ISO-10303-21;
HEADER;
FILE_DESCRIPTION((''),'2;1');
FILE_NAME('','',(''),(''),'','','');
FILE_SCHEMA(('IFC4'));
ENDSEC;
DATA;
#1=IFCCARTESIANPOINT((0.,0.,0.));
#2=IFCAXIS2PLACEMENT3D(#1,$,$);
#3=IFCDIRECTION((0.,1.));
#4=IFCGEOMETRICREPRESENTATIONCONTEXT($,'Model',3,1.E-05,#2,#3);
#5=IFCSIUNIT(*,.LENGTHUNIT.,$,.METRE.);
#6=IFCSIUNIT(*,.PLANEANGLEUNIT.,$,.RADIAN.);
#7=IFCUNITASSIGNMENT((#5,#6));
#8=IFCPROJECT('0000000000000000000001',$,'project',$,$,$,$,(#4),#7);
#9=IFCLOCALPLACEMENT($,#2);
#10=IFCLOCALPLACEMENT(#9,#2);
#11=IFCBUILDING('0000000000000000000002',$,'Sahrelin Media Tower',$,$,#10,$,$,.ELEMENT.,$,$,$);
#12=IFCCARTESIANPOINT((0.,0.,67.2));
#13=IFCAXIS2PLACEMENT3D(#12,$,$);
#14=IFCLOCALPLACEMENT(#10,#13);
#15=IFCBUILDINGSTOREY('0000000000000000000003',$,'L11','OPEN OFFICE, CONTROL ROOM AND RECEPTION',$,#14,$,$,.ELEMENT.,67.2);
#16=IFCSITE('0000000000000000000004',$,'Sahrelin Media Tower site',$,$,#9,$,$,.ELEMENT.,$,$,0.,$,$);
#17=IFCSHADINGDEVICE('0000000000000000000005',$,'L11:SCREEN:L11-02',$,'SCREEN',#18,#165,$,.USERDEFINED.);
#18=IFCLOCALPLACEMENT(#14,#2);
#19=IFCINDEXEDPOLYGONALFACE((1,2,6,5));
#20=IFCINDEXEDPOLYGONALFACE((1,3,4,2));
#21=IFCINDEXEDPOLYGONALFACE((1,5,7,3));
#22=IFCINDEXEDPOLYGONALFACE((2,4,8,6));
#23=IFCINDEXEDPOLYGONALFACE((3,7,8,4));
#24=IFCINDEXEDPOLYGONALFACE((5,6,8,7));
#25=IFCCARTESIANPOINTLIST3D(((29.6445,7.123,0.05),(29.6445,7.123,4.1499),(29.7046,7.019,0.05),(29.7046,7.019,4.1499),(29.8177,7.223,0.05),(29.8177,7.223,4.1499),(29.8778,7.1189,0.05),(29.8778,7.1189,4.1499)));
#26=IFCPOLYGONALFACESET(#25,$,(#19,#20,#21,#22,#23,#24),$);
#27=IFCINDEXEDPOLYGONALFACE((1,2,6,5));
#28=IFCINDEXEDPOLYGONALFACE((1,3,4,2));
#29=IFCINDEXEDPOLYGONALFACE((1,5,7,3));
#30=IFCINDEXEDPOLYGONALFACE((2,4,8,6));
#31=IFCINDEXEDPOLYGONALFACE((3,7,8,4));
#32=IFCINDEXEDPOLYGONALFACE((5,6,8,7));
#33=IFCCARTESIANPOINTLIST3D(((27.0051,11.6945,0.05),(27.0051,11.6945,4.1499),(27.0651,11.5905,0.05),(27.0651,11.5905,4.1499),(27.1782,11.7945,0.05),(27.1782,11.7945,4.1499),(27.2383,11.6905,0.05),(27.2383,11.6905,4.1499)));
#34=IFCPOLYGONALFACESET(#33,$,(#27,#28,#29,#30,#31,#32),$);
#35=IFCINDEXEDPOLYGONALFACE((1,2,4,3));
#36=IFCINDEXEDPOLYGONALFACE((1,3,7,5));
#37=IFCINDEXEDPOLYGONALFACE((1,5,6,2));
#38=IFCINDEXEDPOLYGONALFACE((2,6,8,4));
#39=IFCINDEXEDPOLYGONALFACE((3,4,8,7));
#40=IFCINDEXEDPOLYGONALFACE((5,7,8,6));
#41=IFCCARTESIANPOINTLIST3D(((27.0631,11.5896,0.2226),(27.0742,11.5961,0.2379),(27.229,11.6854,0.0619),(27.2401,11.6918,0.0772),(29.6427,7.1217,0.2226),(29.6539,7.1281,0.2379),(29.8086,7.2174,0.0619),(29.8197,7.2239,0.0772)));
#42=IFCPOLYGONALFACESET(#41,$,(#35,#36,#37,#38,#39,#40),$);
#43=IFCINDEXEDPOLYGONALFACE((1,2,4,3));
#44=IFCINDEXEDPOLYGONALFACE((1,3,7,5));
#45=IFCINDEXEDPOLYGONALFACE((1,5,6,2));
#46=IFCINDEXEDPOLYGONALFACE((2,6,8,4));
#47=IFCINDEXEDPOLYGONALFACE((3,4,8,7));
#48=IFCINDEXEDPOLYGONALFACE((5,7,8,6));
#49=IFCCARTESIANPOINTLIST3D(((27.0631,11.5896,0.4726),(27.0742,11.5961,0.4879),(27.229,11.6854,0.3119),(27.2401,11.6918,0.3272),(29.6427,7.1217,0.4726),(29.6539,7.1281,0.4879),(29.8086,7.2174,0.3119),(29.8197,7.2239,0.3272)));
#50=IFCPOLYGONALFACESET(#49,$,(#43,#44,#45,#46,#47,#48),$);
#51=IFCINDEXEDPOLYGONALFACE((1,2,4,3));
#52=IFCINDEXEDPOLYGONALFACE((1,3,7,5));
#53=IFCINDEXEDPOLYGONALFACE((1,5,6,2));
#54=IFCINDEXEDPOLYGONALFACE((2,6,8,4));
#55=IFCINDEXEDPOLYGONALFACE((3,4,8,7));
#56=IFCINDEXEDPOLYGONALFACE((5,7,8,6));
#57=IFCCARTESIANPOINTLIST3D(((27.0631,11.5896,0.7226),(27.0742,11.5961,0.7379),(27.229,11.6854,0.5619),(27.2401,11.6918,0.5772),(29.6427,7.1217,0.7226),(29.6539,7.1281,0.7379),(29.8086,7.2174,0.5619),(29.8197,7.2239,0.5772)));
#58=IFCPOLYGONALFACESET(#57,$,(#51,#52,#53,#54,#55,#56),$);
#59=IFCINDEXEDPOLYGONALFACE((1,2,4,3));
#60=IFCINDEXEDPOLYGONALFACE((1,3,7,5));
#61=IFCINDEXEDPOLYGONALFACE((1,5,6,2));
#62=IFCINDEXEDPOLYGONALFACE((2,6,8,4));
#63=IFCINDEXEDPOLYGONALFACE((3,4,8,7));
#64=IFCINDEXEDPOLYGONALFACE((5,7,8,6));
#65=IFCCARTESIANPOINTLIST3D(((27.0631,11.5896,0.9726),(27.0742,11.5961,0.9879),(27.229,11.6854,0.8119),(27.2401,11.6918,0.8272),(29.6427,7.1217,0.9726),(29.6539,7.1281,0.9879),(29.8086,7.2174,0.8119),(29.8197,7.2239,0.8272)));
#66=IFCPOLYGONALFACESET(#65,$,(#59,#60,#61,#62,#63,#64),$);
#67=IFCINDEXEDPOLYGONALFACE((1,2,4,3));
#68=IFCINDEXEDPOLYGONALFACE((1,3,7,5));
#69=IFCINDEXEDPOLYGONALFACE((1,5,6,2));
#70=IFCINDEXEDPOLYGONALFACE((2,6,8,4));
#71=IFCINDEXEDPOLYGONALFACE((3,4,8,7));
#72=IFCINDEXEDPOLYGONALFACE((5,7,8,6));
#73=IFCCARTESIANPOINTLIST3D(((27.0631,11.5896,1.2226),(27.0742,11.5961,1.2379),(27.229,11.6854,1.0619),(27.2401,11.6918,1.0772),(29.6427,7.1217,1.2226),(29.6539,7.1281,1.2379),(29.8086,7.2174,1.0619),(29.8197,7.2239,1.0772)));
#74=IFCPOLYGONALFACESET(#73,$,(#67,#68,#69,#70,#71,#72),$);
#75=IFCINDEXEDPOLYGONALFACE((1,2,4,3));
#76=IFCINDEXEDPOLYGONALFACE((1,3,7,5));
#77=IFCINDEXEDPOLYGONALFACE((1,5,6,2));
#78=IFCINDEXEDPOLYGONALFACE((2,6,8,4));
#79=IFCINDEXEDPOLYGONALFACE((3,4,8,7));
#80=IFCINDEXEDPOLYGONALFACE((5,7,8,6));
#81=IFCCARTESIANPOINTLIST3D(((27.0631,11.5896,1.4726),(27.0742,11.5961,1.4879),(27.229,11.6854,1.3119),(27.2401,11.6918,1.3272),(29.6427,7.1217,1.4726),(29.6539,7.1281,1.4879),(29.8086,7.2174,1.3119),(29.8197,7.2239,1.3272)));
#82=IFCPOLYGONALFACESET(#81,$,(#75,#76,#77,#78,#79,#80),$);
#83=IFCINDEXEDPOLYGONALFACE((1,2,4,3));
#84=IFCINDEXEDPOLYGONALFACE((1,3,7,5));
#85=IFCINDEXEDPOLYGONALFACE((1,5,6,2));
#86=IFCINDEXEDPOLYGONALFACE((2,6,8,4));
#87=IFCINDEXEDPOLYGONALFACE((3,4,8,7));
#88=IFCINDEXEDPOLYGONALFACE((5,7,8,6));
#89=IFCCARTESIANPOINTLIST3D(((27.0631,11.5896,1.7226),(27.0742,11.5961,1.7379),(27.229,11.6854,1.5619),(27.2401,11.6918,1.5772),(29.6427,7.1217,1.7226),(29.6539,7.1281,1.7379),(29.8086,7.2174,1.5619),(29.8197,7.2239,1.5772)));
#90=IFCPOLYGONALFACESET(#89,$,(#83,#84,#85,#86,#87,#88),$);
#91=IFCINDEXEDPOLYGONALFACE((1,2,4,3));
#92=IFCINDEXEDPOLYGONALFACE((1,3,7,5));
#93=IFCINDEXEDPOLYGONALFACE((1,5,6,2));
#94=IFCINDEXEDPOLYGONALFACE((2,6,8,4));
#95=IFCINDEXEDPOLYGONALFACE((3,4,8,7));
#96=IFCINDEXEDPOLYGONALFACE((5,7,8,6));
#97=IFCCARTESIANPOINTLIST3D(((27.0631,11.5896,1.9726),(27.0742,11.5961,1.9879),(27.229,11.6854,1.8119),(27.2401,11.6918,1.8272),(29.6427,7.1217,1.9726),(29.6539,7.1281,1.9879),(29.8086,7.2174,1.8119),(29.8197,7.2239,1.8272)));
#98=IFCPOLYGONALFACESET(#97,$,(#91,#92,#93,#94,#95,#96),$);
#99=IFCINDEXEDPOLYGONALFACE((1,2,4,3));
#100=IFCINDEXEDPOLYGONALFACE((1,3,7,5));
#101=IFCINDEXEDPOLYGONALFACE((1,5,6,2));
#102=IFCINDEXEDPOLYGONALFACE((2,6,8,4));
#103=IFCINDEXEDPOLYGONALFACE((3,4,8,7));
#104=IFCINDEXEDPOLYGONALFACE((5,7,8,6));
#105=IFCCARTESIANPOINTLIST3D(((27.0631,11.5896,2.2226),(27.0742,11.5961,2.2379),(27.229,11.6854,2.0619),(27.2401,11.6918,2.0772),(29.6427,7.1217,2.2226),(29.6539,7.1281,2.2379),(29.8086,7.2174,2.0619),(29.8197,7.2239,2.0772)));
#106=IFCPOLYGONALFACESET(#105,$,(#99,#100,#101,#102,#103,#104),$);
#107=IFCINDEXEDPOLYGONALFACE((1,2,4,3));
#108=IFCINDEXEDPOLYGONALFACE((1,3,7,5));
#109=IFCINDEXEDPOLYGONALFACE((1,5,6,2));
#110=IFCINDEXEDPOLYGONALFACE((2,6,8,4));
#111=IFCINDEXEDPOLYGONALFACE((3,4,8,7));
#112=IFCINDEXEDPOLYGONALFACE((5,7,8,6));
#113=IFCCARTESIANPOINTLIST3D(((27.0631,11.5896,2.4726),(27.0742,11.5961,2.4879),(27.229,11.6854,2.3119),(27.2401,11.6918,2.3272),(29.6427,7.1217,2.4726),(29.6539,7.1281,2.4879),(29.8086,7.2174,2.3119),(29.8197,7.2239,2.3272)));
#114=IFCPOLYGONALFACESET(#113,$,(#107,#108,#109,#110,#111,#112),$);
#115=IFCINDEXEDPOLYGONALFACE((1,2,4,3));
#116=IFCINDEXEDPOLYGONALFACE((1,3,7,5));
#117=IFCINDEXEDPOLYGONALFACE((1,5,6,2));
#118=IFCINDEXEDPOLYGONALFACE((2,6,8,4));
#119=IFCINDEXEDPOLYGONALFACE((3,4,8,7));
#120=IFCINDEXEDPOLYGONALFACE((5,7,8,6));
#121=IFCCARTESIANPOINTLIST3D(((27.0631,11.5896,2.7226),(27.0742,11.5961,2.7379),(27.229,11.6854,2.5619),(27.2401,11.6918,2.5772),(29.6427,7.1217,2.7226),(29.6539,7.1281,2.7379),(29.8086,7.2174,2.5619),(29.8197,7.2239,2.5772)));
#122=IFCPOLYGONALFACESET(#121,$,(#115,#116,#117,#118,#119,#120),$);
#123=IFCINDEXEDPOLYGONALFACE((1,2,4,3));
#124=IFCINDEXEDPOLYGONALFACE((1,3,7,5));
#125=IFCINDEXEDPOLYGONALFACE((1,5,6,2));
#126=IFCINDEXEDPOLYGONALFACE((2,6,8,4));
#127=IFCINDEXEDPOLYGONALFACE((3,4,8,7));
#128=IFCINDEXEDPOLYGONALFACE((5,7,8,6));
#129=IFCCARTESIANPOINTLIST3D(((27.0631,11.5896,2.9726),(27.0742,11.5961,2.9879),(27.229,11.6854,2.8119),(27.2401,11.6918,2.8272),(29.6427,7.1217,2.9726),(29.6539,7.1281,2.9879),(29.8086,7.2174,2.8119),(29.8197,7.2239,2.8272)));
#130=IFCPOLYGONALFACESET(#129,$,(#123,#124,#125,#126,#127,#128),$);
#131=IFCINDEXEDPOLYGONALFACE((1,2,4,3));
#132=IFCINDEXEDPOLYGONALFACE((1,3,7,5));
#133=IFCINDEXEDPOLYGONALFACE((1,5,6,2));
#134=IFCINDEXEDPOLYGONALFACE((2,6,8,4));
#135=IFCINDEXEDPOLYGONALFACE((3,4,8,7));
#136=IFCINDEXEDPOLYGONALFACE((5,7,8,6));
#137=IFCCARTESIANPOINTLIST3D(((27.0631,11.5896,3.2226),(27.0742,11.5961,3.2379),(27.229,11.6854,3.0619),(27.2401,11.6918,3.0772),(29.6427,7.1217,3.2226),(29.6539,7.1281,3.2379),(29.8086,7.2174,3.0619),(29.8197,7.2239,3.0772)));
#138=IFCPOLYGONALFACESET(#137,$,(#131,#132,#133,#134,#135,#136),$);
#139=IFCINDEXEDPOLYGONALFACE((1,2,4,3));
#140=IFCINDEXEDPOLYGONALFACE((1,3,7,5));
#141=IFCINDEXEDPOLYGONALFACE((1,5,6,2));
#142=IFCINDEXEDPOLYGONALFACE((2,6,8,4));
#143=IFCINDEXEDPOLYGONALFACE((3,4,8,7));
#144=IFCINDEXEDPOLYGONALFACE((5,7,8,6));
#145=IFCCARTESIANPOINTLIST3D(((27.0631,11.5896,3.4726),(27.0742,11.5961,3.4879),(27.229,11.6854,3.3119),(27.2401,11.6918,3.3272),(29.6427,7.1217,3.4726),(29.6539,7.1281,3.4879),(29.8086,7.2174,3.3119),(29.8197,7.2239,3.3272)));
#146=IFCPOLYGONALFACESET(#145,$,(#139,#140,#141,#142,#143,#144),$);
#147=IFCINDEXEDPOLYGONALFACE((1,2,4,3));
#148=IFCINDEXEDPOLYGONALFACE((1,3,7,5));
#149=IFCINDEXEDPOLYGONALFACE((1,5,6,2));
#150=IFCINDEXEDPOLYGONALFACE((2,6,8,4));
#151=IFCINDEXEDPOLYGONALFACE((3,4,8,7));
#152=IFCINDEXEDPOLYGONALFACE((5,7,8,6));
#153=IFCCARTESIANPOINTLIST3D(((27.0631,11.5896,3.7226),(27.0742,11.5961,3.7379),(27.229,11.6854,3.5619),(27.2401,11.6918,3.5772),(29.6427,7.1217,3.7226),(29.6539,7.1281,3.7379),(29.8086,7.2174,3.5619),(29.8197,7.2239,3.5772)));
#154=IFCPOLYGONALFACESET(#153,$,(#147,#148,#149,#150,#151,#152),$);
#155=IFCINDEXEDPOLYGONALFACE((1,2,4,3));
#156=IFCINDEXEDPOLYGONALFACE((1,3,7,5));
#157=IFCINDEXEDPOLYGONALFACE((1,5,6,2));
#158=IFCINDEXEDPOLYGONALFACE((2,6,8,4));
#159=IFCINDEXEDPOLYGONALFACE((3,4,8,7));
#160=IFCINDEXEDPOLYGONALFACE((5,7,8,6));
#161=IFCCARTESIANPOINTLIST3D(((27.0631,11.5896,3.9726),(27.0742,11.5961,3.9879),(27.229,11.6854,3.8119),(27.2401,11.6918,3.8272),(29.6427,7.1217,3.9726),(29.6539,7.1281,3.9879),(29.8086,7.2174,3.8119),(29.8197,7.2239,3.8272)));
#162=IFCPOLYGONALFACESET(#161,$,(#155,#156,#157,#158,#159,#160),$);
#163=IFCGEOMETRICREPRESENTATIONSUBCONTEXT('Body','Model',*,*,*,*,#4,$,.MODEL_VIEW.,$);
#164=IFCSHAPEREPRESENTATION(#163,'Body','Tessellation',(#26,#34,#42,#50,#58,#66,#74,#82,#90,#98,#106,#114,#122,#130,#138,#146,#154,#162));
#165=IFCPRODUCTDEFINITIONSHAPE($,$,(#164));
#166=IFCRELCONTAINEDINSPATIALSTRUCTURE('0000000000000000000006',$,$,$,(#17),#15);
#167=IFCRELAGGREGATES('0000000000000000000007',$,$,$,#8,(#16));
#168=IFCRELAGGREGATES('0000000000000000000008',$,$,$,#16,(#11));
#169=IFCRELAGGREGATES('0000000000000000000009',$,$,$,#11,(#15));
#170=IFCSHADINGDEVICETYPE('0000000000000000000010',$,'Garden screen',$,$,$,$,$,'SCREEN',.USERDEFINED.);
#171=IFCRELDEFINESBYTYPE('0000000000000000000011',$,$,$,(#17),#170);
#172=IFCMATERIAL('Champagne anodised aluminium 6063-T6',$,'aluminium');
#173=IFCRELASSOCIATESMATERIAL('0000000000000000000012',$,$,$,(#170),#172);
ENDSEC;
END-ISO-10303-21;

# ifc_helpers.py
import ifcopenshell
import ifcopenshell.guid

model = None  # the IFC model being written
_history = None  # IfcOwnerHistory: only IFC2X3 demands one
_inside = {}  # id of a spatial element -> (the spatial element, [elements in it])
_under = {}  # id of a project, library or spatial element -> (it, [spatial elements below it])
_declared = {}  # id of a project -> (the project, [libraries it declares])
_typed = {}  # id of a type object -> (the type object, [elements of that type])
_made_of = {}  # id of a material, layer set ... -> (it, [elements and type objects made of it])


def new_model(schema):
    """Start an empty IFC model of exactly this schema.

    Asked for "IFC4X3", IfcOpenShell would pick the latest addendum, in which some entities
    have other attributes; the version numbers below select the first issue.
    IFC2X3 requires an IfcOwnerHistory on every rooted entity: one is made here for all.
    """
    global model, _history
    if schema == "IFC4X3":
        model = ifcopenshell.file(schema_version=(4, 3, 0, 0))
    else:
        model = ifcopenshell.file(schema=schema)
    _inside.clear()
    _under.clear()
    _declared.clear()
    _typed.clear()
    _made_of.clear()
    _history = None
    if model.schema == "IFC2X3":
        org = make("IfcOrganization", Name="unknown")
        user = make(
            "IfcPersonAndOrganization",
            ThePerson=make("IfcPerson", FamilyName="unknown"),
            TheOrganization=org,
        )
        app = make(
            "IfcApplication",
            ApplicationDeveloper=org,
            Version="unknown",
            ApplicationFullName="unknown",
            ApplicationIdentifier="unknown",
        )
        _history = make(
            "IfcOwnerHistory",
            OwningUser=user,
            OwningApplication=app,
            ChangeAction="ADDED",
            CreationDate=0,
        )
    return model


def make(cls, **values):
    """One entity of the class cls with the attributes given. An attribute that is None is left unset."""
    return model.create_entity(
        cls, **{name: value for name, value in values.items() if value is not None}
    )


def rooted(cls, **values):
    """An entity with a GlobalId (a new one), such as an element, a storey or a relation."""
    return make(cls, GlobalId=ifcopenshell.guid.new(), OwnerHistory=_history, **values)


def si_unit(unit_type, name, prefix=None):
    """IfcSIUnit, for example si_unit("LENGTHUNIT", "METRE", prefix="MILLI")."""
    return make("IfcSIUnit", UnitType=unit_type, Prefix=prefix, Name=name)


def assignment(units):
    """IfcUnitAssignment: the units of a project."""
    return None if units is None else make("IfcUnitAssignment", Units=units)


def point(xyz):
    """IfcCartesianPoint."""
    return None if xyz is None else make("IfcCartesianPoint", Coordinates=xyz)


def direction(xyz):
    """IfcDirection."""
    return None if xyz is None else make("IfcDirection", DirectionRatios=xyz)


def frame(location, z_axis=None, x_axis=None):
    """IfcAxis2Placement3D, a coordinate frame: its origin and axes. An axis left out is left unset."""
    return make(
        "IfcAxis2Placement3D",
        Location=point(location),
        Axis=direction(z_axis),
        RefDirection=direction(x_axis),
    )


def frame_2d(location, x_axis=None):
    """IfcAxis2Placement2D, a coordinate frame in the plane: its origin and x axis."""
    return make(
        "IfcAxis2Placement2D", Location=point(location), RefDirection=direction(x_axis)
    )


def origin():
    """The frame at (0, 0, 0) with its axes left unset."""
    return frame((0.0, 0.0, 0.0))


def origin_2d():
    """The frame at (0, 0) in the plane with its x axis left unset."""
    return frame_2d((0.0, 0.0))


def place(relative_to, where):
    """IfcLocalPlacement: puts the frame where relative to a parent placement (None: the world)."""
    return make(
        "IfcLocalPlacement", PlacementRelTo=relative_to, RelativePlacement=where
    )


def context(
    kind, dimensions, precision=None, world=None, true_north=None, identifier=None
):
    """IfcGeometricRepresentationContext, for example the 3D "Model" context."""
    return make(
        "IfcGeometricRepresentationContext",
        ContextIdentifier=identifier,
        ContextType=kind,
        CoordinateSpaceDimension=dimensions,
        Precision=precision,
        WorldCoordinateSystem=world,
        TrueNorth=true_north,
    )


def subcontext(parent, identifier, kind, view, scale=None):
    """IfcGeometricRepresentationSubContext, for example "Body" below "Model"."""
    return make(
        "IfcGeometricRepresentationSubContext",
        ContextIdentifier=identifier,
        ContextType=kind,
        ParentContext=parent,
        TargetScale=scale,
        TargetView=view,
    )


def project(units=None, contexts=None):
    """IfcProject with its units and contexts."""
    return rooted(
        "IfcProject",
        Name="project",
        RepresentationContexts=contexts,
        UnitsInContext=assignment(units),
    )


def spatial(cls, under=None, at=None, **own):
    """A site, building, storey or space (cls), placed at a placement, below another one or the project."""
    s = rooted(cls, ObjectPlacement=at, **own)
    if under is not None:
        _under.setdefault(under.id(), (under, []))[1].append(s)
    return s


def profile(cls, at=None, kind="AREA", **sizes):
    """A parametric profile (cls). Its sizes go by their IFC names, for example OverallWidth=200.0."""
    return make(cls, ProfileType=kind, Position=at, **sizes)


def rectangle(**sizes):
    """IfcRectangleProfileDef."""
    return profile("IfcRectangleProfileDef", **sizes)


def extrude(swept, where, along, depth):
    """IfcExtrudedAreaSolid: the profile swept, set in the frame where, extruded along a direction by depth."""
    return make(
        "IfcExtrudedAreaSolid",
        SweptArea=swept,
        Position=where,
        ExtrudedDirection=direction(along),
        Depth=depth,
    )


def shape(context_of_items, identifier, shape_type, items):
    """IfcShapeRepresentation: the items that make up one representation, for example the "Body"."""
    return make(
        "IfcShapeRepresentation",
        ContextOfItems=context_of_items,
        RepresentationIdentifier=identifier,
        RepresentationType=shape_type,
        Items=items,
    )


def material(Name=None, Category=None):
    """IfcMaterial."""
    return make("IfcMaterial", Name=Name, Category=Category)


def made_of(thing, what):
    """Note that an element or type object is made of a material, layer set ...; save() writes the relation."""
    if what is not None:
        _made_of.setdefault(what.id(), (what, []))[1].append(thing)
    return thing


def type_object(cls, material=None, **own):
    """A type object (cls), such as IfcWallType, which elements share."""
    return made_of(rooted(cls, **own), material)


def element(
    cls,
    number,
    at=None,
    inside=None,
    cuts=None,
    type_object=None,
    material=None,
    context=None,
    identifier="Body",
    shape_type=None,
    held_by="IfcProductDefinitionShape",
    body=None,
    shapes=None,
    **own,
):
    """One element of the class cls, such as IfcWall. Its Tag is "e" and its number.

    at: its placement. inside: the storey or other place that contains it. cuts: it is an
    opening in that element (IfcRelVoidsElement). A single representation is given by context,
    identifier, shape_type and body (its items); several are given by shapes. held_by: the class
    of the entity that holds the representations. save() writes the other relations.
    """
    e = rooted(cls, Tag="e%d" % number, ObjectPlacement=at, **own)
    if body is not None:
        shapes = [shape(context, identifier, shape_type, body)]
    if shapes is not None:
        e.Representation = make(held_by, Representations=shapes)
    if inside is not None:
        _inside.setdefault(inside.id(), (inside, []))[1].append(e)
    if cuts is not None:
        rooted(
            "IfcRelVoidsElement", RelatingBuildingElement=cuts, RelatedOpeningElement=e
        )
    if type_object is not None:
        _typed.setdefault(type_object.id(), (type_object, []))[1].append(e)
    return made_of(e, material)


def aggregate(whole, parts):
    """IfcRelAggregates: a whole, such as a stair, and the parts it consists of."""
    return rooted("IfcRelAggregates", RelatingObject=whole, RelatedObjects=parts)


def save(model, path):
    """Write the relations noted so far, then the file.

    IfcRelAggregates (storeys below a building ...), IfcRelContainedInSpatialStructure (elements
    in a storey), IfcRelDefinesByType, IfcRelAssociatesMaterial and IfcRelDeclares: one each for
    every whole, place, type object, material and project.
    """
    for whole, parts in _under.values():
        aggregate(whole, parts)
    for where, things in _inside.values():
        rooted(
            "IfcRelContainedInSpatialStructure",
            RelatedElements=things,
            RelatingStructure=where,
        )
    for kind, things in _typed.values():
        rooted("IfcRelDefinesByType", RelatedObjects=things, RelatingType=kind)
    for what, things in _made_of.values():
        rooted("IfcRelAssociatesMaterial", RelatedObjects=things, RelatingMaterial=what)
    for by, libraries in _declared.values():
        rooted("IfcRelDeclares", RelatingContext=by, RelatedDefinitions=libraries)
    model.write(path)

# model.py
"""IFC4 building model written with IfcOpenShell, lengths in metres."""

from ifc_helpers import new_model, si_unit, direction, frame, origin, origin_2d, place, context, subcontext, project, spatial, rectangle, extrude, material, type_object, element, save


model = new_model("IFC4")

# Units and contexts
model_context = context("Model", 3, precision=1e-05, world=origin(), true_north=direction((0.0, 1.0)))
body_context = subcontext(model_context, "Body", "Model", "MODEL_VIEW")
ifc_project = project(units=[si_unit("LENGTHUNIT", "METRE"), si_unit("PLANEANGLEUNIT", "RADIAN")], contexts=[model_context])

# Site, building, storey
site_placement = place(None, origin())
site = spatial("IfcSite", under=ifc_project, at=site_placement, Name="Sahrelin Media Tower site", CompositionType="ELEMENT", RefElevation=0.0)
building_placement = place(site_placement, origin())
building = spatial("IfcBuilding", under=site, at=building_placement, Name="Sahrelin Media Tower", CompositionType="ELEMENT")
storey_placement = place(building_placement, frame((0.0, 0.0, 67.2)))
storey = spatial("IfcBuildingStorey", under=building, at=storey_placement, Name="L11", Description="OPEN OFFICE, CONTROL ROOM AND RECEPTION", CompositionType="ELEMENT", Elevation=67.2)

# Shading device
ifc_material_1 = material(Name="Champagne anodised aluminium 6063-T6", Category="aluminium")
shading_device_type = type_object("IfcShadingDeviceType", Name="Garden screen", ElementType="SCREEN", PredefinedType="USERDEFINED", material=ifc_material_1)
shading_device_1_placement = place(storey_placement, frame((28.3547, 9.3567, 0.0), z_axis=(0.0, 0.0, 1.0), x_axis=(0.500011, -0.866019, 0.0)))
element("IfcShadingDevice", 1, at=shading_device_1_placement, inside=storey, type_object=shading_device_type, Name="L11:SCREEN:L11-02", ObjectType="SCREEN", PredefinedType="USERDEFINED", context=body_context, shape_type="SweptSolid", body=[
    extrude(rectangle(XDim=0.1201, YDim=0.2, at=origin_2d()), frame((2.6394, 0.1001, 0.05), z_axis=(0.0, 0.0, 1.0), x_axis=(1.0, 0.0, 0.0)), (0.0, 0.0, 1.0), 4.0999),
    extrude(rectangle(XDim=0.1201, YDim=0.2, at=origin_2d()), frame((-2.6394, 0.1001, 0.05), z_axis=(0.0, 0.0, 1.0), x_axis=(1.0, 0.0, 0.0)), (0.0, 0.0, 1.0), 4.0999),
    extrude(rectangle(XDim=0.25, YDim=0.02, at=origin_2d()), frame((2.5796, 0.1001, 0.1499), z_axis=(-1.0, 0.0, 0.0), x_axis=(0.0, -0.766044, 0.642788)), (0.0, 0.0, 1.0), 5.1592),
    extrude(rectangle(XDim=0.25, YDim=0.02, at=origin_2d()), frame((2.5796, 0.1001, 0.3999), z_axis=(-1.0, 0.0, 0.0), x_axis=(0.0, -0.766044, 0.642788)), (0.0, 0.0, 1.0), 5.1592),
    extrude(rectangle(XDim=0.25, YDim=0.02, at=origin_2d()), frame((2.5796, 0.1001, 0.6499), z_axis=(-1.0, 0.0, 0.0), x_axis=(0.0, -0.766044, 0.642788)), (0.0, 0.0, 1.0), 5.1592),
    extrude(rectangle(XDim=0.25, YDim=0.02, at=origin_2d()), frame((2.5796, 0.1001, 0.8999), z_axis=(-1.0, 0.0, 0.0), x_axis=(0.0, -0.766044, 0.642788)), (0.0, 0.0, 1.0), 5.1592),
    extrude(rectangle(XDim=0.25, YDim=0.02, at=origin_2d()), frame((2.5796, 0.1001, 1.1499), z_axis=(-1.0, 0.0, 0.0), x_axis=(0.0, -0.766044, 0.642788)), (0.0, 0.0, 1.0), 5.1592),
    extrude(rectangle(XDim=0.25, YDim=0.02, at=origin_2d()), frame((2.5796, 0.1001, 1.3999), z_axis=(-1.0, 0.0, 0.0), x_axis=(0.0, -0.766044, 0.642788)), (0.0, 0.0, 1.0), 5.1592),
    extrude(rectangle(XDim=0.25, YDim=0.02, at=origin_2d()), frame((2.5796, 0.1001, 1.6499), z_axis=(-1.0, 0.0, 0.0), x_axis=(0.0, -0.766044, 0.642788)), (0.0, 0.0, 1.0), 5.1592),
    extrude(rectangle(XDim=0.25, YDim=0.02, at=origin_2d()), frame((2.5796, 0.1001, 1.8999), z_axis=(-1.0, 0.0, 0.0), x_axis=(0.0, -0.766044, 0.642788)), (0.0, 0.0, 1.0), 5.1592),
    extrude(rectangle(XDim=0.25, YDim=0.02, at=origin_2d()), frame((2.5796, 0.1001, 2.1499), z_axis=(-1.0, 0.0, 0.0), x_axis=(0.0, -0.766044, 0.642788)), (0.0, 0.0, 1.0), 5.1592),
    extrude(rectangle(XDim=0.25, YDim=0.02, at=origin_2d()), frame((2.5796, 0.1001, 2.3999), z_axis=(-1.0, 0.0, 0.0), x_axis=(0.0, -0.766044, 0.642788)), (0.0, 0.0, 1.0), 5.1592),
    extrude(rectangle(XDim=0.25, YDim=0.02, at=origin_2d()), frame((2.5796, 0.1001, 2.6499), z_axis=(-1.0, 0.0, 0.0), x_axis=(0.0, -0.766044, 0.642788)), (0.0, 0.0, 1.0), 5.1592),
    extrude(rectangle(XDim=0.25, YDim=0.02, at=origin_2d()), frame((2.5796, 0.1001, 2.8999), z_axis=(-1.0, 0.0, 0.0), x_axis=(0.0, -0.766044, 0.642788)), (0.0, 0.0, 1.0), 5.1592),
    extrude(rectangle(XDim=0.25, YDim=0.02, at=origin_2d()), frame((2.5796, 0.1001, 3.1499), z_axis=(-1.0, 0.0, 0.0), x_axis=(0.0, -0.766044, 0.642788)), (0.0, 0.0, 1.0), 5.1592),
    extrude(rectangle(XDim=0.25, YDim=0.02, at=origin_2d()), frame((2.5796, 0.1001, 3.3999), z_axis=(-1.0, 0.0, 0.0), x_axis=(0.0, -0.766044, 0.642788)), (0.0, 0.0, 1.0), 5.1592),
    extrude(rectangle(XDim=0.25, YDim=0.02, at=origin_2d()), frame((2.5796, 0.1001, 3.6499), z_axis=(-1.0, 0.0, 0.0), x_axis=(0.0, -0.766044, 0.642788)), (0.0, 0.0, 1.0), 5.1592),
    extrude(rectangle(XDim=0.25, YDim=0.02, at=origin_2d()), frame((2.5796, 0.1001, 3.8999), z_axis=(-1.0, 0.0, 0.0), x_axis=(0.0, -0.766044, 0.642788)), (0.0, 0.0, 1.0), 5.1592),
])

save(model, "model.ifc")
